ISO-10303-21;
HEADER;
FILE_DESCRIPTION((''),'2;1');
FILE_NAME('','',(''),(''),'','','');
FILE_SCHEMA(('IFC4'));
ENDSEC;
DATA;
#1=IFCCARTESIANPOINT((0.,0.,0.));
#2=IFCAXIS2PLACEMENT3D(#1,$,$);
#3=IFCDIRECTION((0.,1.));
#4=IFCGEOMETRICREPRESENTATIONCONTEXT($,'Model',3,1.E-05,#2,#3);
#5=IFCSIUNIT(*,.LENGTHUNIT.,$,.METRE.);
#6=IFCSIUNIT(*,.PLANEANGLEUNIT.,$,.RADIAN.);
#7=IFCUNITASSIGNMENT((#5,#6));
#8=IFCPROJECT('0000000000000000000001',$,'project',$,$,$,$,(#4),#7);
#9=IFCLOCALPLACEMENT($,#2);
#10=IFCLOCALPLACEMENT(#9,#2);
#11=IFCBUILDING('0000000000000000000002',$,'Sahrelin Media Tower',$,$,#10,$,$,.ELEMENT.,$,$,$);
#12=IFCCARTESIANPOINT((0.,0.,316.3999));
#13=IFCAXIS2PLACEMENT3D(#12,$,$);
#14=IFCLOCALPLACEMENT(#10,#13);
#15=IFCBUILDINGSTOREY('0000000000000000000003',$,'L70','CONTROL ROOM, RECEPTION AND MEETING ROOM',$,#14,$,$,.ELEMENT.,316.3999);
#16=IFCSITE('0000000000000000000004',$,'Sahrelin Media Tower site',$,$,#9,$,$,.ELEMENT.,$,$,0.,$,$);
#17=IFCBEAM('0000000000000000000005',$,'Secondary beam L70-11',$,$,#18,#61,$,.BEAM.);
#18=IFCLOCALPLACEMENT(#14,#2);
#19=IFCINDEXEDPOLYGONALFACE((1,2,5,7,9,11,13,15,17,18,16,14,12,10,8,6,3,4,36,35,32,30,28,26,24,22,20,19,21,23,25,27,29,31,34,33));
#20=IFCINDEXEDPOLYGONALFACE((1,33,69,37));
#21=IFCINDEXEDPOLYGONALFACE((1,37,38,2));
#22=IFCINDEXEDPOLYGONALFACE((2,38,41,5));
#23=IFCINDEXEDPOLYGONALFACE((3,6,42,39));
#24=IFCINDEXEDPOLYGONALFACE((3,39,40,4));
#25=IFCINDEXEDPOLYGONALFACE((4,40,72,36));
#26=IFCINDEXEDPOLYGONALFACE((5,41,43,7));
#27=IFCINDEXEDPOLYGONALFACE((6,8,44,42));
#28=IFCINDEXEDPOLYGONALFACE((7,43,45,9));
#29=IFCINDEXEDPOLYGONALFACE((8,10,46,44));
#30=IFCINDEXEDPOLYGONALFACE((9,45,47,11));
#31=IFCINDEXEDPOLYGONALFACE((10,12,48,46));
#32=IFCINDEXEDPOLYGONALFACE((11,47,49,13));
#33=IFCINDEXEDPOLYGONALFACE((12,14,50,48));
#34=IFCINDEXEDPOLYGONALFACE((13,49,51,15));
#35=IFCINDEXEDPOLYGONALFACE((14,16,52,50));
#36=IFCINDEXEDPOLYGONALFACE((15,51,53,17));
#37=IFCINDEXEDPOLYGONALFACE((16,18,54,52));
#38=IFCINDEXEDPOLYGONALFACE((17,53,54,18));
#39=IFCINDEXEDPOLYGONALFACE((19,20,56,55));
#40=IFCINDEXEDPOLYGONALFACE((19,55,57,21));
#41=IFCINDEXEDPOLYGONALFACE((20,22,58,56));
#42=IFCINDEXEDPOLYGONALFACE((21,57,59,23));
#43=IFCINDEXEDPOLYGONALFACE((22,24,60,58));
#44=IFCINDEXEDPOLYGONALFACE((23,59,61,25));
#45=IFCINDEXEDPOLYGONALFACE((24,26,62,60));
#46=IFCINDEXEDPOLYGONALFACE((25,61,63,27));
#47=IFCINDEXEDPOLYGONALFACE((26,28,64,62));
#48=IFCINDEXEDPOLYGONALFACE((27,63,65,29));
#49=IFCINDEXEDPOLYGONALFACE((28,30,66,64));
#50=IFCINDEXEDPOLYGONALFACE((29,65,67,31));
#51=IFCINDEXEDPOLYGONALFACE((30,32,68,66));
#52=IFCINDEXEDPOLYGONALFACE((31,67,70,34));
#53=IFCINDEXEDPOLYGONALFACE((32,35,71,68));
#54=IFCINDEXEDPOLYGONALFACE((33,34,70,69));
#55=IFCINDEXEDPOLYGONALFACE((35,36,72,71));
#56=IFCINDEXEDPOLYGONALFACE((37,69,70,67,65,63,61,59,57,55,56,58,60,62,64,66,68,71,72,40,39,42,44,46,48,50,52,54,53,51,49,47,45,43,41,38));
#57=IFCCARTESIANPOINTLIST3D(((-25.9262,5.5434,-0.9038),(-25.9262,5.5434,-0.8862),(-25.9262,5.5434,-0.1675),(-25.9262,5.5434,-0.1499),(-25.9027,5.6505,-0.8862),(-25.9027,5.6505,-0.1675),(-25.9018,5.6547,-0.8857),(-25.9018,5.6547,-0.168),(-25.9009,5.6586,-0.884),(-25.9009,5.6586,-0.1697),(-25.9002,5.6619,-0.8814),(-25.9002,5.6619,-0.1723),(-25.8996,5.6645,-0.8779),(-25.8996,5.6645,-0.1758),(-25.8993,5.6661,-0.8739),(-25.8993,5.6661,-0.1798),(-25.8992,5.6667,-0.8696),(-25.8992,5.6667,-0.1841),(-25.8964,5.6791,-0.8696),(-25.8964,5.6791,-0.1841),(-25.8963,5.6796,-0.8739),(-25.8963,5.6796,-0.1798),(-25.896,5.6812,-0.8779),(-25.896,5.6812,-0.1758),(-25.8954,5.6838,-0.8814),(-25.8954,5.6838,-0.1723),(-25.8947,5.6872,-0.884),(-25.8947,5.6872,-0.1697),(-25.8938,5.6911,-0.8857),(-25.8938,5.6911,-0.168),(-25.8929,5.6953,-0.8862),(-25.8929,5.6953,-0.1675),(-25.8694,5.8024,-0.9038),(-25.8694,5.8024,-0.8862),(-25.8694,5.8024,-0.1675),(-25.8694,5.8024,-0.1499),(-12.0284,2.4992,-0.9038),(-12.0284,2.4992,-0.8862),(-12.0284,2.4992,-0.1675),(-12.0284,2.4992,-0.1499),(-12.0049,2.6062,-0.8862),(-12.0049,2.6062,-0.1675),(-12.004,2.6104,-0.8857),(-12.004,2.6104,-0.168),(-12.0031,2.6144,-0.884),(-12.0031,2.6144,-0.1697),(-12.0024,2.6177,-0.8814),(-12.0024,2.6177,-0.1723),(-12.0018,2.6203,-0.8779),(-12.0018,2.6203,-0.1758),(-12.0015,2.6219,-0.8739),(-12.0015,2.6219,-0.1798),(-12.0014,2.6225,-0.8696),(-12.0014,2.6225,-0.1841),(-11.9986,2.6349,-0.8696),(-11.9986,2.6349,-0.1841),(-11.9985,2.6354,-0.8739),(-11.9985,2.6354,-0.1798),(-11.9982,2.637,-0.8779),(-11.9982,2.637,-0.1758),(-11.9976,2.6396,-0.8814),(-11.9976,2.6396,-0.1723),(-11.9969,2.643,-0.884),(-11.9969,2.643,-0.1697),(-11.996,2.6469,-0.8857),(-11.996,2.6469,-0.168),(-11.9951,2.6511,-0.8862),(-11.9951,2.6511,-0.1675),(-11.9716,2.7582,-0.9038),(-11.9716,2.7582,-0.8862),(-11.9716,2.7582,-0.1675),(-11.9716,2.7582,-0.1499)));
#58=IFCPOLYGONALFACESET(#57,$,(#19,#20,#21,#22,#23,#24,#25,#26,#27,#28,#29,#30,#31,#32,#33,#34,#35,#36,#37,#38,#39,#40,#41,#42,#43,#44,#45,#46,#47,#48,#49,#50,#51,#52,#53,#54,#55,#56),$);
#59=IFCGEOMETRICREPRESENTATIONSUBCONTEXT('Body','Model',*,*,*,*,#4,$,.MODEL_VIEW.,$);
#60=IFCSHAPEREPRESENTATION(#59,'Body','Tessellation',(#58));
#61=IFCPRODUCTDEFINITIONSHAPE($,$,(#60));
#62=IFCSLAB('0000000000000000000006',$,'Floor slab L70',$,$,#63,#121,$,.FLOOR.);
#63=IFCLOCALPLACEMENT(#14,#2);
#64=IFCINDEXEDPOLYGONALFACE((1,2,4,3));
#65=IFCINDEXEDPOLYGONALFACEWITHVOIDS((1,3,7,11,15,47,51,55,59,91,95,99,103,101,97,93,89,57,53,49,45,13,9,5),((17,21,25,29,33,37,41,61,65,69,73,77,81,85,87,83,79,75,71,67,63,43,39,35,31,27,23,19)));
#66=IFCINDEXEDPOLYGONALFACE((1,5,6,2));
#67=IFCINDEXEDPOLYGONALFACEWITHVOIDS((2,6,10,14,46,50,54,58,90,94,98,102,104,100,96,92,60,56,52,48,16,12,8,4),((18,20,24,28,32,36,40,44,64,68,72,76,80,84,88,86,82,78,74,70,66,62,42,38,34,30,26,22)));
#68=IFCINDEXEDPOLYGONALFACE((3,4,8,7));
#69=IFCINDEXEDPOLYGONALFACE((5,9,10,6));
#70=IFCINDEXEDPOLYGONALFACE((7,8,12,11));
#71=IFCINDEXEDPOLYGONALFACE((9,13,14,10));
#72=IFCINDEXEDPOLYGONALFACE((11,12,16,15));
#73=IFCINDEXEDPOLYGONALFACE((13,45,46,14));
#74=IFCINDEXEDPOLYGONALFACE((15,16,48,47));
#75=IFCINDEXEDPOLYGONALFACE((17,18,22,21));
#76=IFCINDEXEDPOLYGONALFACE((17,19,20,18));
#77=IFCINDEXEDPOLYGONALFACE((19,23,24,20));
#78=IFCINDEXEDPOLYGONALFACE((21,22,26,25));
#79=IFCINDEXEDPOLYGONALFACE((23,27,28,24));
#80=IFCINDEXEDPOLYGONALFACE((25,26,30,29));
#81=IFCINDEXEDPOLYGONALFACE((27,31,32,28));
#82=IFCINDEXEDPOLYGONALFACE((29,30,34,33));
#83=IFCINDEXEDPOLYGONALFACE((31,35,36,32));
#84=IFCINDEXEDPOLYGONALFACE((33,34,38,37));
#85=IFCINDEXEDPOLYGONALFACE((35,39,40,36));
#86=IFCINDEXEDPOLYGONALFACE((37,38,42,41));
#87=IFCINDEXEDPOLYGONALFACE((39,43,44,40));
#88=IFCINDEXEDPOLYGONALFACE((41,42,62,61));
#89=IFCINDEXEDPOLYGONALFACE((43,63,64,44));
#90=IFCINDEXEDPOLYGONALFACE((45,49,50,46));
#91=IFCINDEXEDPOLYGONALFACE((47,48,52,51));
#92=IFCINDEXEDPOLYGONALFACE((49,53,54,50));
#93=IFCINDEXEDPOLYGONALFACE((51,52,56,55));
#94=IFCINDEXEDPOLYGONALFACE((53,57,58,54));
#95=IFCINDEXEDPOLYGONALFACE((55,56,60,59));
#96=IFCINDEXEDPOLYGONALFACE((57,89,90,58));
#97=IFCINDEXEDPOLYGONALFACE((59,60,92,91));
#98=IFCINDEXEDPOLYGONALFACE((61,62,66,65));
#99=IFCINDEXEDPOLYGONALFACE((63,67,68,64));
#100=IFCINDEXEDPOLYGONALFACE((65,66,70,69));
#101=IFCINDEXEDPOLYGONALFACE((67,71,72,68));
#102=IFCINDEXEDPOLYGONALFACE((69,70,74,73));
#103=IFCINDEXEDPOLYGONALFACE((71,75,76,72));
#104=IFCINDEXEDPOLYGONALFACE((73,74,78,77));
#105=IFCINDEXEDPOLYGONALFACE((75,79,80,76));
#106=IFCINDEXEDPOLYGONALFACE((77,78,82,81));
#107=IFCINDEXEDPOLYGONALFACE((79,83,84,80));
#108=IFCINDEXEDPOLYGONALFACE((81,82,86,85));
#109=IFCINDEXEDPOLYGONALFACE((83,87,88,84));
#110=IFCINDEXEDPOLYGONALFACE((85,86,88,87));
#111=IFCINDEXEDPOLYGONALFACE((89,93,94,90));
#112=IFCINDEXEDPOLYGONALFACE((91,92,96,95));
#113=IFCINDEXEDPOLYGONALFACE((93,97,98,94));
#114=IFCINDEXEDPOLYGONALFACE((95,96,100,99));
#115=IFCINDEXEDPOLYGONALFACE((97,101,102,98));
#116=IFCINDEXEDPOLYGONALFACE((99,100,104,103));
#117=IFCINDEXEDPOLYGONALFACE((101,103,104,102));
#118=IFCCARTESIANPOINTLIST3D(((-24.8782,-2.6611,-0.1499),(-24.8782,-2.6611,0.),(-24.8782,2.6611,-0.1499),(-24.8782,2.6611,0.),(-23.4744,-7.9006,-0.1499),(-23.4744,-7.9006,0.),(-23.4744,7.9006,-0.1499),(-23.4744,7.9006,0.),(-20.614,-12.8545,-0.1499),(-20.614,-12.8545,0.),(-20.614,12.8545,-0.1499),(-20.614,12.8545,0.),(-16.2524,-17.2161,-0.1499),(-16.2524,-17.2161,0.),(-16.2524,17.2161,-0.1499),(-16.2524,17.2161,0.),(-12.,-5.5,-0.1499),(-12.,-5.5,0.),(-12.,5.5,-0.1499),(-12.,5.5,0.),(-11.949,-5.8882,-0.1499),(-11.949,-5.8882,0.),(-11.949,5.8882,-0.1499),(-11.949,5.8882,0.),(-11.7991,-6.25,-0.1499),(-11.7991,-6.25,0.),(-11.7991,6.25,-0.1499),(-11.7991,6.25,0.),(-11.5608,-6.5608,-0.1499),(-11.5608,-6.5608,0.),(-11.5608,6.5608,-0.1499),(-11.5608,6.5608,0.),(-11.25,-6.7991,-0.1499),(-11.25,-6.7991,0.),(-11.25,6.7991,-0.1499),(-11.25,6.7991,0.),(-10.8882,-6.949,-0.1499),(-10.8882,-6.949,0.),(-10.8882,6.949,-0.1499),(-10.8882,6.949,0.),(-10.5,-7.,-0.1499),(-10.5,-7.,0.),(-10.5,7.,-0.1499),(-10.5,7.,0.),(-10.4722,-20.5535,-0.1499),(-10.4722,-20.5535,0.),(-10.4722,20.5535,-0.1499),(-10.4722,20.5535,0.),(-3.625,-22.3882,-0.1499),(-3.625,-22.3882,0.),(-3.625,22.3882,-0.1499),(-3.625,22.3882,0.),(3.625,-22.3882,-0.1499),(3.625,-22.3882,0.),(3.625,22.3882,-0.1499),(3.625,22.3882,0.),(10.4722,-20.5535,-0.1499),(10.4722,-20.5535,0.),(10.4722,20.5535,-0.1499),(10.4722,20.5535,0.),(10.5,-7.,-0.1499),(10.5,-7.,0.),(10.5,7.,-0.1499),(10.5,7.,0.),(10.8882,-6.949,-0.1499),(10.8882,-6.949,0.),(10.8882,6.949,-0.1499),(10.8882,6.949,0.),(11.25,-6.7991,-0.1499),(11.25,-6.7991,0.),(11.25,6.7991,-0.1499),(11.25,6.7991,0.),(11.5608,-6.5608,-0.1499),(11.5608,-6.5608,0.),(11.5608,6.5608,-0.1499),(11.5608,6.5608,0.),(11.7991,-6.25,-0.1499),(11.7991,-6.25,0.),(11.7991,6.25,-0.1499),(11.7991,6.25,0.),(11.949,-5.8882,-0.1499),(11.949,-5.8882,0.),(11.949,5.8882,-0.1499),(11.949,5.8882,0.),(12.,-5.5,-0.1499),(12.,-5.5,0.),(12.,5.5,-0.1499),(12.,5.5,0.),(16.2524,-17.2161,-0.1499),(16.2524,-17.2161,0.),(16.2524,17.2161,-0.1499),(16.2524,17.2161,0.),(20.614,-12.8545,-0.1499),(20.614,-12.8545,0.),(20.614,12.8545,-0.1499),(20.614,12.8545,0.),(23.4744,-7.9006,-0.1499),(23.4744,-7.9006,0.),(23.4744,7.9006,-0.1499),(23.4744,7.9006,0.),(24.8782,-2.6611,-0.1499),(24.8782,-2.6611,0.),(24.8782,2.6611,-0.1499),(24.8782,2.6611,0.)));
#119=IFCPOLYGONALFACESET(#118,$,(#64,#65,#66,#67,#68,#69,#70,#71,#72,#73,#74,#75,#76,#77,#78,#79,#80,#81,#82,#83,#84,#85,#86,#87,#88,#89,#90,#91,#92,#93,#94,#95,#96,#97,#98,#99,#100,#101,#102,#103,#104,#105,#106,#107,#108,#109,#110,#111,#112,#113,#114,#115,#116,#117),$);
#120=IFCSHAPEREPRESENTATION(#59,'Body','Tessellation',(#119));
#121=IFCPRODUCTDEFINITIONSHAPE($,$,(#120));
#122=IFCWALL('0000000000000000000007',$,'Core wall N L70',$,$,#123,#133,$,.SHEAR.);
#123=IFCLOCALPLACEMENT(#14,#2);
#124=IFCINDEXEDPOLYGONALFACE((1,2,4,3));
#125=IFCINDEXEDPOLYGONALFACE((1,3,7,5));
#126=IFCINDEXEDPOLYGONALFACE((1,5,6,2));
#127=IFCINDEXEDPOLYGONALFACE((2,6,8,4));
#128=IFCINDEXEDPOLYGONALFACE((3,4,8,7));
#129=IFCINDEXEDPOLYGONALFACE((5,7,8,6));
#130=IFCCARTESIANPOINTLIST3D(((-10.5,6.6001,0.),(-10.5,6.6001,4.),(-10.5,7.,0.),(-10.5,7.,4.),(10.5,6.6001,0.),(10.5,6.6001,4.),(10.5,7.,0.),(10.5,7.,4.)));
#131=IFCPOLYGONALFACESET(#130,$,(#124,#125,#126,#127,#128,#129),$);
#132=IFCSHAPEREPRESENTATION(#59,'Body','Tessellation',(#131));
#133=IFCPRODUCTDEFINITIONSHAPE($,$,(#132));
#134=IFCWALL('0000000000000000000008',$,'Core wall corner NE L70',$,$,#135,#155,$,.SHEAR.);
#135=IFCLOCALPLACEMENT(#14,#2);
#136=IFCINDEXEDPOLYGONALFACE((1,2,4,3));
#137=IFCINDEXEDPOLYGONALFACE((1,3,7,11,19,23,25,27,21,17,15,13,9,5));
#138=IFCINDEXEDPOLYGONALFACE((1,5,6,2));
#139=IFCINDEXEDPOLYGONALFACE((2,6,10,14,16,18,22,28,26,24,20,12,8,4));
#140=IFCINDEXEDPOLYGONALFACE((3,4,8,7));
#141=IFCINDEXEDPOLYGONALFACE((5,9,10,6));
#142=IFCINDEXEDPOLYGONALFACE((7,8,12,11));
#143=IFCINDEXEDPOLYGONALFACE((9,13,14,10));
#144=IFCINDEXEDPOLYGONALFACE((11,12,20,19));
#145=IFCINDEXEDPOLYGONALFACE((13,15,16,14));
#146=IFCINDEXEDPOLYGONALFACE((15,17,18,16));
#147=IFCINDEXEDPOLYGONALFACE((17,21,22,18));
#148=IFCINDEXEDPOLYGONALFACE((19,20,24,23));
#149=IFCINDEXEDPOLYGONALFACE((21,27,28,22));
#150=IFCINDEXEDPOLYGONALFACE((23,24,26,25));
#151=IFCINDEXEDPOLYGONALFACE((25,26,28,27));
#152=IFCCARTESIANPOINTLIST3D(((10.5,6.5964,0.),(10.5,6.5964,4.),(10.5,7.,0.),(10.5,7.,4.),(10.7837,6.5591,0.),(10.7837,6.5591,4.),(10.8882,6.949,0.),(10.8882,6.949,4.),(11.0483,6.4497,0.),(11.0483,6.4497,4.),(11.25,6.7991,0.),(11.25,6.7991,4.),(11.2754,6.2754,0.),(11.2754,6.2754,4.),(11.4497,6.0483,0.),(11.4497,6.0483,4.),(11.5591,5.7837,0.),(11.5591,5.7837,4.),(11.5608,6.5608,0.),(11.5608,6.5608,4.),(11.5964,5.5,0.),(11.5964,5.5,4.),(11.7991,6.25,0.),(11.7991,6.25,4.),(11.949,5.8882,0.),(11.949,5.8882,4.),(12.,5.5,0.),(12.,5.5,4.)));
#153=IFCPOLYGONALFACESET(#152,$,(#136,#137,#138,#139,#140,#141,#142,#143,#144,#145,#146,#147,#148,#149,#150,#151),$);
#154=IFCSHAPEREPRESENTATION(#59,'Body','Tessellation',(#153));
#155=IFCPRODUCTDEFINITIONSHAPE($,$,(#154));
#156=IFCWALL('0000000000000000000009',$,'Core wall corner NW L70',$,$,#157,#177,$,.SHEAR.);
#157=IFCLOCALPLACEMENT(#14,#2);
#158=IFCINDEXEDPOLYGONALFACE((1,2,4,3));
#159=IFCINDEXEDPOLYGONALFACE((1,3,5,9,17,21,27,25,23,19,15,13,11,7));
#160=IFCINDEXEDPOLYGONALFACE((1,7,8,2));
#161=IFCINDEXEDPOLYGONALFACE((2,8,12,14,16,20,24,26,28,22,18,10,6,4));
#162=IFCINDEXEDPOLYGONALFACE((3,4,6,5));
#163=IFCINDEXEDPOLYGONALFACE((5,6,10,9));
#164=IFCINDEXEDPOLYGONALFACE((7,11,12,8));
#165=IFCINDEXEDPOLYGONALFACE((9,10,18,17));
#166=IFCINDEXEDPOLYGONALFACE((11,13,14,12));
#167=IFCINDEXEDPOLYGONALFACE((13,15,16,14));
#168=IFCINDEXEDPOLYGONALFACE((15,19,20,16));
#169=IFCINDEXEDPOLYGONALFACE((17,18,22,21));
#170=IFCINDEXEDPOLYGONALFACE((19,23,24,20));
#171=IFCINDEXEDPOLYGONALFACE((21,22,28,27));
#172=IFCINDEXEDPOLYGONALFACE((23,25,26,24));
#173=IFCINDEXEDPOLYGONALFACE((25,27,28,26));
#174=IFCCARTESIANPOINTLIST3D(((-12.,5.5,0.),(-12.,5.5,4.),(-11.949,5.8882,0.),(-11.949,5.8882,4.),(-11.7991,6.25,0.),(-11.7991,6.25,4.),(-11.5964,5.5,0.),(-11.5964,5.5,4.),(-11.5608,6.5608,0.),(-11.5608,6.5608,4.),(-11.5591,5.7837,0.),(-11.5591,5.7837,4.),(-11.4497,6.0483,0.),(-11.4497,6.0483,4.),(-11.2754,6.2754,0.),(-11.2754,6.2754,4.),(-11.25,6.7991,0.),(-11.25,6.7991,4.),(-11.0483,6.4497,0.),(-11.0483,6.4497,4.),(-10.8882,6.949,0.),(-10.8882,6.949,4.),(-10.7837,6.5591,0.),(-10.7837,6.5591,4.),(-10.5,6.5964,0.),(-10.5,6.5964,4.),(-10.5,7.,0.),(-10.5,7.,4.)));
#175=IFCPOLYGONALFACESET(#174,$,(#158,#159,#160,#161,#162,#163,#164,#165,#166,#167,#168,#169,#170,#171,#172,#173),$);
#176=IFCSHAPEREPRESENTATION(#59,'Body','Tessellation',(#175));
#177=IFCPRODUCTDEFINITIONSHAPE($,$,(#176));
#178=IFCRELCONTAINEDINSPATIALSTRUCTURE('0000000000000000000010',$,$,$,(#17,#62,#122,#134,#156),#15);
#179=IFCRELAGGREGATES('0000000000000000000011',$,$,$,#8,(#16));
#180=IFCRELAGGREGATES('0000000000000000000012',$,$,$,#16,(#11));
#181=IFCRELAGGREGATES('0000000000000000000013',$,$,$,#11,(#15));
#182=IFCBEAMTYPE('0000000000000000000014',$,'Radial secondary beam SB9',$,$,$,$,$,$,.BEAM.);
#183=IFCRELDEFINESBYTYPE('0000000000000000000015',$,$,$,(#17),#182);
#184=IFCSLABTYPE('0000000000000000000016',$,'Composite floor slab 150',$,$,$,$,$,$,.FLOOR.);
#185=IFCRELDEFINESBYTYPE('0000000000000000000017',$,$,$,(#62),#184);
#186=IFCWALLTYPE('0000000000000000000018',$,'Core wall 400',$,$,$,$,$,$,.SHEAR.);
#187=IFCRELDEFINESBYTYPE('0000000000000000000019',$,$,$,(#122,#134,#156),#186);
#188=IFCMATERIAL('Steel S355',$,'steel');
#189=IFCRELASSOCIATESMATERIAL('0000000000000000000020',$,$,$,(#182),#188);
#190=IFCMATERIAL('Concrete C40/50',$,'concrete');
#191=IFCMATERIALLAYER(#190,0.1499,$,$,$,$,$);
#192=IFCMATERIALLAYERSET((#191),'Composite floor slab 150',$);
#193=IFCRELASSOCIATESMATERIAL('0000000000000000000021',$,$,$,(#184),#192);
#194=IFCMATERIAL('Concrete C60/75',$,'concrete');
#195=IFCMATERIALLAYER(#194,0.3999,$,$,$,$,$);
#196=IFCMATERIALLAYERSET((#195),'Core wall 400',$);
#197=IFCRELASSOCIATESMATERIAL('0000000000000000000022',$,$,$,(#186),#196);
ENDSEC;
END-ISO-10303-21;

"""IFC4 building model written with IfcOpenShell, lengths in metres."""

from ifc_helpers import new_model, si_unit, direction, frame, frame_2d, origin, origin_2d, place, context, subcontext, project, spatial, polyline, rectangle, i_section, outline, extrude, material, layer, layer_set, material_profile, profile_set, type_object, element, save


model = new_model("IFC4")

# Units and contexts
model_context = context("Model", 3, precision=1e-05, world=origin(), true_north=direction((0.0, 1.0)))
body_context = subcontext(model_context, "Body", "Model", "MODEL_VIEW")
ifc_project = project(units=[si_unit("LENGTHUNIT", "METRE"), si_unit("PLANEANGLEUNIT", "RADIAN")], contexts=[model_context])

# Site, building, storey
site_placement = place(None, origin())
site = spatial("IfcSite", under=ifc_project, at=site_placement, Name="Sahrelin Media Tower site", CompositionType="ELEMENT", RefElevation=0.0)
building_placement = place(site_placement, origin())
building = spatial("IfcBuilding", under=site, at=building_placement, Name="Sahrelin Media Tower", CompositionType="ELEMENT")
storey_placement = place(building_placement, frame((0.0, 0.0, 316.3999)))
storey = spatial("IfcBuildingStorey", under=building, at=storey_placement, Name="L70", Description="CONTROL ROOM, RECEPTION AND MEETING ROOM", CompositionType="ELEMENT", Elevation=316.3999)

# Beam
ifc_material_1 = material(Name="Steel S355", Category="steel")
ifc_material_profile_1 = material_profile(ifc_material_1, i_section(OverallWidth=0.2651, OverallDepth=0.7539, WebThickness=0.0127, FlangeThickness=0.0176, FilletRadius=0.0166, at=origin_2d()), Name="UB 762x267x147")
ifc_profile_set_1 = profile_set([ifc_material_profile_1], Name="Steel S355")
beam_type_1 = type_object("IfcBeamType", Name="Radial secondary beam SB9", PredefinedType="BEAM", material=ifc_profile_set_1)
beam_1_placement = place(storey_placement, frame((-12.0, 2.6287, -0.5269), z_axis=(-0.97684, 0.21397, 0.0), x_axis=(-0.21397, -0.97684, 0.0)))
element("IfcBeam", 1, at=beam_1_placement, inside=storey, type_object=beam_type_1, Name="Secondary beam L70-11", PredefinedType="BEAM", context=body_context, shape_type="SweptSolid", body=[
    extrude(i_section(OverallWidth=0.2651, OverallDepth=0.7539, WebThickness=0.0127, FlangeThickness=0.0176, FilletRadius=0.0166, at=origin_2d()), origin(), (0.0, 0.0, 1.0), 14.2273),
])

# Slab
ifc_material_2 = material(Name="Concrete C40/50", Category="concrete")
ifc_layer_1 = layer(ifc_material_2, 0.1499)
ifc_layer_set_1 = layer_set([ifc_layer_1], Name="Composite floor slab 150")
slab_type = type_object("IfcSlabType", Name="Composite floor slab 150", PredefinedType="FLOOR", material=ifc_layer_set_1)
slab_placement = place(storey_placement, frame((0.0, 0.0, -0.1499)))
element("IfcSlab", 2, at=slab_placement, inside=storey, type_object=slab_type, Name="Floor slab L70", PredefinedType="FLOOR", context=body_context, shape_type="SweptSolid", body=[
    extrude(outline(polyline([(24.8782, -2.6611), (24.8782, 2.6611), (23.4744, 7.9006), (20.614, 12.8545), (16.2524, 17.2161), (10.4722, 20.5535), (3.625, 22.3882), (-3.625, 22.3882), (-10.4722, 20.5535), (-16.2524, 17.2161), (-20.614, 12.8545), (-23.4744, 7.9006), (-24.8782, 2.6611), (-24.8782, -2.6611), (-23.4744, -7.9006), (-20.614, -12.8545), (-16.2524, -17.2161), (-10.4722, -20.5535), (-3.625, -22.3882), (3.625, -22.3882), (10.4722, -20.5535), (16.2524, -17.2161), (20.614, -12.8545), (23.4744, -7.9006), (24.8782, -2.6611)]), holes=[polyline([(11.949, 5.8882), (12.0, 5.5), (12.0, -5.5), (11.949, -5.8882), (11.7991, -6.25), (11.5608, -6.5608), (11.25, -6.7991), (10.8882, -6.949), (10.5, -7.0), (-10.5, -7.0), (-10.8882, -6.949), (-11.25, -6.7991), (-11.5608, -6.5608), (-11.7991, -6.25), (-11.949, -5.8882), (-12.0, -5.5), (-12.0, 5.5), (-11.949, 5.8882), (-11.7991, 6.25), (-11.5608, 6.5608), (-11.25, 6.7991), (-10.8882, 6.949), (-10.5, 7.0), (10.5, 7.0), (10.8882, 6.949), (11.25, 6.7991), (11.5608, 6.5608), (11.7991, 6.25), (11.949, 5.8882)])]), origin(), (0.0, 0.0, 1.0), 0.1499),
])

# Walls
ifc_material_3 = material(Name="Concrete C60/75", Category="concrete")
ifc_layer_2 = layer(ifc_material_3, 0.3999)
ifc_layer_set_2 = layer_set([ifc_layer_2], Name="Core wall 400")
wall_type_1 = type_object("IfcWallType", Name="Core wall 400", PredefinedType="SHEAR", material=ifc_layer_set_2)
wall_1_placement = place(storey_placement, frame((-10.5, 6.8, 0.0), z_axis=(0.0, 0.0, 1.0), x_axis=(1.0, 0.0, 0.0)))
element("IfcWall", 3, at=wall_1_placement, inside=storey, type_object=wall_type_1, Name="Core wall N L70", PredefinedType="SHEAR", context=body_context, shape_type="SweptSolid", body=[
    extrude(rectangle(XDim=21.0, YDim=0.3999, at=frame_2d((10.5, 0.0))), origin(), (0.0, 0.0, 1.0), 4.0),
])
placement = place(storey_placement, origin())
element("IfcWall", 4, at=placement, inside=storey, type_object=wall_type_1, Name="Core wall corner NE L70", PredefinedType="SHEAR", context=body_context, shape_type="SweptSolid", body=[
    extrude(outline(polyline([(10.5, 7.0), (10.5, 6.5964), (10.7837, 6.5591), (11.0483, 6.4497), (11.2754, 6.2754), (11.4497, 6.0483), (11.5591, 5.7837), (11.5964, 5.5), (12.0, 5.5), (11.949, 5.8882), (11.7991, 6.25), (11.5608, 6.5608), (11.25, 6.7991), (10.8882, 6.949), (10.5, 7.0)])), origin(), (0.0, 0.0, 1.0), 4.0),
])
element("IfcWall", 5, at=placement, inside=storey, type_object=wall_type_1, Name="Core wall corner NW L70", PredefinedType="SHEAR", context=body_context, shape_type="SweptSolid", body=[
    extrude(outline(polyline([(-12.0, 5.5), (-11.5964, 5.5), (-11.5591, 5.7837), (-11.4497, 6.0483), (-11.2754, 6.2754), (-11.0483, 6.4497), (-10.7837, 6.5591), (-10.5, 6.5964), (-10.5, 7.0), (-10.8882, 6.949), (-11.25, 6.7991), (-11.5608, 6.5608), (-11.7991, 6.25), (-11.949, 5.8882), (-12.0, 5.5)])), origin(), (0.0, 0.0, 1.0), 4.0),
])

save(model, "model.ifc")
